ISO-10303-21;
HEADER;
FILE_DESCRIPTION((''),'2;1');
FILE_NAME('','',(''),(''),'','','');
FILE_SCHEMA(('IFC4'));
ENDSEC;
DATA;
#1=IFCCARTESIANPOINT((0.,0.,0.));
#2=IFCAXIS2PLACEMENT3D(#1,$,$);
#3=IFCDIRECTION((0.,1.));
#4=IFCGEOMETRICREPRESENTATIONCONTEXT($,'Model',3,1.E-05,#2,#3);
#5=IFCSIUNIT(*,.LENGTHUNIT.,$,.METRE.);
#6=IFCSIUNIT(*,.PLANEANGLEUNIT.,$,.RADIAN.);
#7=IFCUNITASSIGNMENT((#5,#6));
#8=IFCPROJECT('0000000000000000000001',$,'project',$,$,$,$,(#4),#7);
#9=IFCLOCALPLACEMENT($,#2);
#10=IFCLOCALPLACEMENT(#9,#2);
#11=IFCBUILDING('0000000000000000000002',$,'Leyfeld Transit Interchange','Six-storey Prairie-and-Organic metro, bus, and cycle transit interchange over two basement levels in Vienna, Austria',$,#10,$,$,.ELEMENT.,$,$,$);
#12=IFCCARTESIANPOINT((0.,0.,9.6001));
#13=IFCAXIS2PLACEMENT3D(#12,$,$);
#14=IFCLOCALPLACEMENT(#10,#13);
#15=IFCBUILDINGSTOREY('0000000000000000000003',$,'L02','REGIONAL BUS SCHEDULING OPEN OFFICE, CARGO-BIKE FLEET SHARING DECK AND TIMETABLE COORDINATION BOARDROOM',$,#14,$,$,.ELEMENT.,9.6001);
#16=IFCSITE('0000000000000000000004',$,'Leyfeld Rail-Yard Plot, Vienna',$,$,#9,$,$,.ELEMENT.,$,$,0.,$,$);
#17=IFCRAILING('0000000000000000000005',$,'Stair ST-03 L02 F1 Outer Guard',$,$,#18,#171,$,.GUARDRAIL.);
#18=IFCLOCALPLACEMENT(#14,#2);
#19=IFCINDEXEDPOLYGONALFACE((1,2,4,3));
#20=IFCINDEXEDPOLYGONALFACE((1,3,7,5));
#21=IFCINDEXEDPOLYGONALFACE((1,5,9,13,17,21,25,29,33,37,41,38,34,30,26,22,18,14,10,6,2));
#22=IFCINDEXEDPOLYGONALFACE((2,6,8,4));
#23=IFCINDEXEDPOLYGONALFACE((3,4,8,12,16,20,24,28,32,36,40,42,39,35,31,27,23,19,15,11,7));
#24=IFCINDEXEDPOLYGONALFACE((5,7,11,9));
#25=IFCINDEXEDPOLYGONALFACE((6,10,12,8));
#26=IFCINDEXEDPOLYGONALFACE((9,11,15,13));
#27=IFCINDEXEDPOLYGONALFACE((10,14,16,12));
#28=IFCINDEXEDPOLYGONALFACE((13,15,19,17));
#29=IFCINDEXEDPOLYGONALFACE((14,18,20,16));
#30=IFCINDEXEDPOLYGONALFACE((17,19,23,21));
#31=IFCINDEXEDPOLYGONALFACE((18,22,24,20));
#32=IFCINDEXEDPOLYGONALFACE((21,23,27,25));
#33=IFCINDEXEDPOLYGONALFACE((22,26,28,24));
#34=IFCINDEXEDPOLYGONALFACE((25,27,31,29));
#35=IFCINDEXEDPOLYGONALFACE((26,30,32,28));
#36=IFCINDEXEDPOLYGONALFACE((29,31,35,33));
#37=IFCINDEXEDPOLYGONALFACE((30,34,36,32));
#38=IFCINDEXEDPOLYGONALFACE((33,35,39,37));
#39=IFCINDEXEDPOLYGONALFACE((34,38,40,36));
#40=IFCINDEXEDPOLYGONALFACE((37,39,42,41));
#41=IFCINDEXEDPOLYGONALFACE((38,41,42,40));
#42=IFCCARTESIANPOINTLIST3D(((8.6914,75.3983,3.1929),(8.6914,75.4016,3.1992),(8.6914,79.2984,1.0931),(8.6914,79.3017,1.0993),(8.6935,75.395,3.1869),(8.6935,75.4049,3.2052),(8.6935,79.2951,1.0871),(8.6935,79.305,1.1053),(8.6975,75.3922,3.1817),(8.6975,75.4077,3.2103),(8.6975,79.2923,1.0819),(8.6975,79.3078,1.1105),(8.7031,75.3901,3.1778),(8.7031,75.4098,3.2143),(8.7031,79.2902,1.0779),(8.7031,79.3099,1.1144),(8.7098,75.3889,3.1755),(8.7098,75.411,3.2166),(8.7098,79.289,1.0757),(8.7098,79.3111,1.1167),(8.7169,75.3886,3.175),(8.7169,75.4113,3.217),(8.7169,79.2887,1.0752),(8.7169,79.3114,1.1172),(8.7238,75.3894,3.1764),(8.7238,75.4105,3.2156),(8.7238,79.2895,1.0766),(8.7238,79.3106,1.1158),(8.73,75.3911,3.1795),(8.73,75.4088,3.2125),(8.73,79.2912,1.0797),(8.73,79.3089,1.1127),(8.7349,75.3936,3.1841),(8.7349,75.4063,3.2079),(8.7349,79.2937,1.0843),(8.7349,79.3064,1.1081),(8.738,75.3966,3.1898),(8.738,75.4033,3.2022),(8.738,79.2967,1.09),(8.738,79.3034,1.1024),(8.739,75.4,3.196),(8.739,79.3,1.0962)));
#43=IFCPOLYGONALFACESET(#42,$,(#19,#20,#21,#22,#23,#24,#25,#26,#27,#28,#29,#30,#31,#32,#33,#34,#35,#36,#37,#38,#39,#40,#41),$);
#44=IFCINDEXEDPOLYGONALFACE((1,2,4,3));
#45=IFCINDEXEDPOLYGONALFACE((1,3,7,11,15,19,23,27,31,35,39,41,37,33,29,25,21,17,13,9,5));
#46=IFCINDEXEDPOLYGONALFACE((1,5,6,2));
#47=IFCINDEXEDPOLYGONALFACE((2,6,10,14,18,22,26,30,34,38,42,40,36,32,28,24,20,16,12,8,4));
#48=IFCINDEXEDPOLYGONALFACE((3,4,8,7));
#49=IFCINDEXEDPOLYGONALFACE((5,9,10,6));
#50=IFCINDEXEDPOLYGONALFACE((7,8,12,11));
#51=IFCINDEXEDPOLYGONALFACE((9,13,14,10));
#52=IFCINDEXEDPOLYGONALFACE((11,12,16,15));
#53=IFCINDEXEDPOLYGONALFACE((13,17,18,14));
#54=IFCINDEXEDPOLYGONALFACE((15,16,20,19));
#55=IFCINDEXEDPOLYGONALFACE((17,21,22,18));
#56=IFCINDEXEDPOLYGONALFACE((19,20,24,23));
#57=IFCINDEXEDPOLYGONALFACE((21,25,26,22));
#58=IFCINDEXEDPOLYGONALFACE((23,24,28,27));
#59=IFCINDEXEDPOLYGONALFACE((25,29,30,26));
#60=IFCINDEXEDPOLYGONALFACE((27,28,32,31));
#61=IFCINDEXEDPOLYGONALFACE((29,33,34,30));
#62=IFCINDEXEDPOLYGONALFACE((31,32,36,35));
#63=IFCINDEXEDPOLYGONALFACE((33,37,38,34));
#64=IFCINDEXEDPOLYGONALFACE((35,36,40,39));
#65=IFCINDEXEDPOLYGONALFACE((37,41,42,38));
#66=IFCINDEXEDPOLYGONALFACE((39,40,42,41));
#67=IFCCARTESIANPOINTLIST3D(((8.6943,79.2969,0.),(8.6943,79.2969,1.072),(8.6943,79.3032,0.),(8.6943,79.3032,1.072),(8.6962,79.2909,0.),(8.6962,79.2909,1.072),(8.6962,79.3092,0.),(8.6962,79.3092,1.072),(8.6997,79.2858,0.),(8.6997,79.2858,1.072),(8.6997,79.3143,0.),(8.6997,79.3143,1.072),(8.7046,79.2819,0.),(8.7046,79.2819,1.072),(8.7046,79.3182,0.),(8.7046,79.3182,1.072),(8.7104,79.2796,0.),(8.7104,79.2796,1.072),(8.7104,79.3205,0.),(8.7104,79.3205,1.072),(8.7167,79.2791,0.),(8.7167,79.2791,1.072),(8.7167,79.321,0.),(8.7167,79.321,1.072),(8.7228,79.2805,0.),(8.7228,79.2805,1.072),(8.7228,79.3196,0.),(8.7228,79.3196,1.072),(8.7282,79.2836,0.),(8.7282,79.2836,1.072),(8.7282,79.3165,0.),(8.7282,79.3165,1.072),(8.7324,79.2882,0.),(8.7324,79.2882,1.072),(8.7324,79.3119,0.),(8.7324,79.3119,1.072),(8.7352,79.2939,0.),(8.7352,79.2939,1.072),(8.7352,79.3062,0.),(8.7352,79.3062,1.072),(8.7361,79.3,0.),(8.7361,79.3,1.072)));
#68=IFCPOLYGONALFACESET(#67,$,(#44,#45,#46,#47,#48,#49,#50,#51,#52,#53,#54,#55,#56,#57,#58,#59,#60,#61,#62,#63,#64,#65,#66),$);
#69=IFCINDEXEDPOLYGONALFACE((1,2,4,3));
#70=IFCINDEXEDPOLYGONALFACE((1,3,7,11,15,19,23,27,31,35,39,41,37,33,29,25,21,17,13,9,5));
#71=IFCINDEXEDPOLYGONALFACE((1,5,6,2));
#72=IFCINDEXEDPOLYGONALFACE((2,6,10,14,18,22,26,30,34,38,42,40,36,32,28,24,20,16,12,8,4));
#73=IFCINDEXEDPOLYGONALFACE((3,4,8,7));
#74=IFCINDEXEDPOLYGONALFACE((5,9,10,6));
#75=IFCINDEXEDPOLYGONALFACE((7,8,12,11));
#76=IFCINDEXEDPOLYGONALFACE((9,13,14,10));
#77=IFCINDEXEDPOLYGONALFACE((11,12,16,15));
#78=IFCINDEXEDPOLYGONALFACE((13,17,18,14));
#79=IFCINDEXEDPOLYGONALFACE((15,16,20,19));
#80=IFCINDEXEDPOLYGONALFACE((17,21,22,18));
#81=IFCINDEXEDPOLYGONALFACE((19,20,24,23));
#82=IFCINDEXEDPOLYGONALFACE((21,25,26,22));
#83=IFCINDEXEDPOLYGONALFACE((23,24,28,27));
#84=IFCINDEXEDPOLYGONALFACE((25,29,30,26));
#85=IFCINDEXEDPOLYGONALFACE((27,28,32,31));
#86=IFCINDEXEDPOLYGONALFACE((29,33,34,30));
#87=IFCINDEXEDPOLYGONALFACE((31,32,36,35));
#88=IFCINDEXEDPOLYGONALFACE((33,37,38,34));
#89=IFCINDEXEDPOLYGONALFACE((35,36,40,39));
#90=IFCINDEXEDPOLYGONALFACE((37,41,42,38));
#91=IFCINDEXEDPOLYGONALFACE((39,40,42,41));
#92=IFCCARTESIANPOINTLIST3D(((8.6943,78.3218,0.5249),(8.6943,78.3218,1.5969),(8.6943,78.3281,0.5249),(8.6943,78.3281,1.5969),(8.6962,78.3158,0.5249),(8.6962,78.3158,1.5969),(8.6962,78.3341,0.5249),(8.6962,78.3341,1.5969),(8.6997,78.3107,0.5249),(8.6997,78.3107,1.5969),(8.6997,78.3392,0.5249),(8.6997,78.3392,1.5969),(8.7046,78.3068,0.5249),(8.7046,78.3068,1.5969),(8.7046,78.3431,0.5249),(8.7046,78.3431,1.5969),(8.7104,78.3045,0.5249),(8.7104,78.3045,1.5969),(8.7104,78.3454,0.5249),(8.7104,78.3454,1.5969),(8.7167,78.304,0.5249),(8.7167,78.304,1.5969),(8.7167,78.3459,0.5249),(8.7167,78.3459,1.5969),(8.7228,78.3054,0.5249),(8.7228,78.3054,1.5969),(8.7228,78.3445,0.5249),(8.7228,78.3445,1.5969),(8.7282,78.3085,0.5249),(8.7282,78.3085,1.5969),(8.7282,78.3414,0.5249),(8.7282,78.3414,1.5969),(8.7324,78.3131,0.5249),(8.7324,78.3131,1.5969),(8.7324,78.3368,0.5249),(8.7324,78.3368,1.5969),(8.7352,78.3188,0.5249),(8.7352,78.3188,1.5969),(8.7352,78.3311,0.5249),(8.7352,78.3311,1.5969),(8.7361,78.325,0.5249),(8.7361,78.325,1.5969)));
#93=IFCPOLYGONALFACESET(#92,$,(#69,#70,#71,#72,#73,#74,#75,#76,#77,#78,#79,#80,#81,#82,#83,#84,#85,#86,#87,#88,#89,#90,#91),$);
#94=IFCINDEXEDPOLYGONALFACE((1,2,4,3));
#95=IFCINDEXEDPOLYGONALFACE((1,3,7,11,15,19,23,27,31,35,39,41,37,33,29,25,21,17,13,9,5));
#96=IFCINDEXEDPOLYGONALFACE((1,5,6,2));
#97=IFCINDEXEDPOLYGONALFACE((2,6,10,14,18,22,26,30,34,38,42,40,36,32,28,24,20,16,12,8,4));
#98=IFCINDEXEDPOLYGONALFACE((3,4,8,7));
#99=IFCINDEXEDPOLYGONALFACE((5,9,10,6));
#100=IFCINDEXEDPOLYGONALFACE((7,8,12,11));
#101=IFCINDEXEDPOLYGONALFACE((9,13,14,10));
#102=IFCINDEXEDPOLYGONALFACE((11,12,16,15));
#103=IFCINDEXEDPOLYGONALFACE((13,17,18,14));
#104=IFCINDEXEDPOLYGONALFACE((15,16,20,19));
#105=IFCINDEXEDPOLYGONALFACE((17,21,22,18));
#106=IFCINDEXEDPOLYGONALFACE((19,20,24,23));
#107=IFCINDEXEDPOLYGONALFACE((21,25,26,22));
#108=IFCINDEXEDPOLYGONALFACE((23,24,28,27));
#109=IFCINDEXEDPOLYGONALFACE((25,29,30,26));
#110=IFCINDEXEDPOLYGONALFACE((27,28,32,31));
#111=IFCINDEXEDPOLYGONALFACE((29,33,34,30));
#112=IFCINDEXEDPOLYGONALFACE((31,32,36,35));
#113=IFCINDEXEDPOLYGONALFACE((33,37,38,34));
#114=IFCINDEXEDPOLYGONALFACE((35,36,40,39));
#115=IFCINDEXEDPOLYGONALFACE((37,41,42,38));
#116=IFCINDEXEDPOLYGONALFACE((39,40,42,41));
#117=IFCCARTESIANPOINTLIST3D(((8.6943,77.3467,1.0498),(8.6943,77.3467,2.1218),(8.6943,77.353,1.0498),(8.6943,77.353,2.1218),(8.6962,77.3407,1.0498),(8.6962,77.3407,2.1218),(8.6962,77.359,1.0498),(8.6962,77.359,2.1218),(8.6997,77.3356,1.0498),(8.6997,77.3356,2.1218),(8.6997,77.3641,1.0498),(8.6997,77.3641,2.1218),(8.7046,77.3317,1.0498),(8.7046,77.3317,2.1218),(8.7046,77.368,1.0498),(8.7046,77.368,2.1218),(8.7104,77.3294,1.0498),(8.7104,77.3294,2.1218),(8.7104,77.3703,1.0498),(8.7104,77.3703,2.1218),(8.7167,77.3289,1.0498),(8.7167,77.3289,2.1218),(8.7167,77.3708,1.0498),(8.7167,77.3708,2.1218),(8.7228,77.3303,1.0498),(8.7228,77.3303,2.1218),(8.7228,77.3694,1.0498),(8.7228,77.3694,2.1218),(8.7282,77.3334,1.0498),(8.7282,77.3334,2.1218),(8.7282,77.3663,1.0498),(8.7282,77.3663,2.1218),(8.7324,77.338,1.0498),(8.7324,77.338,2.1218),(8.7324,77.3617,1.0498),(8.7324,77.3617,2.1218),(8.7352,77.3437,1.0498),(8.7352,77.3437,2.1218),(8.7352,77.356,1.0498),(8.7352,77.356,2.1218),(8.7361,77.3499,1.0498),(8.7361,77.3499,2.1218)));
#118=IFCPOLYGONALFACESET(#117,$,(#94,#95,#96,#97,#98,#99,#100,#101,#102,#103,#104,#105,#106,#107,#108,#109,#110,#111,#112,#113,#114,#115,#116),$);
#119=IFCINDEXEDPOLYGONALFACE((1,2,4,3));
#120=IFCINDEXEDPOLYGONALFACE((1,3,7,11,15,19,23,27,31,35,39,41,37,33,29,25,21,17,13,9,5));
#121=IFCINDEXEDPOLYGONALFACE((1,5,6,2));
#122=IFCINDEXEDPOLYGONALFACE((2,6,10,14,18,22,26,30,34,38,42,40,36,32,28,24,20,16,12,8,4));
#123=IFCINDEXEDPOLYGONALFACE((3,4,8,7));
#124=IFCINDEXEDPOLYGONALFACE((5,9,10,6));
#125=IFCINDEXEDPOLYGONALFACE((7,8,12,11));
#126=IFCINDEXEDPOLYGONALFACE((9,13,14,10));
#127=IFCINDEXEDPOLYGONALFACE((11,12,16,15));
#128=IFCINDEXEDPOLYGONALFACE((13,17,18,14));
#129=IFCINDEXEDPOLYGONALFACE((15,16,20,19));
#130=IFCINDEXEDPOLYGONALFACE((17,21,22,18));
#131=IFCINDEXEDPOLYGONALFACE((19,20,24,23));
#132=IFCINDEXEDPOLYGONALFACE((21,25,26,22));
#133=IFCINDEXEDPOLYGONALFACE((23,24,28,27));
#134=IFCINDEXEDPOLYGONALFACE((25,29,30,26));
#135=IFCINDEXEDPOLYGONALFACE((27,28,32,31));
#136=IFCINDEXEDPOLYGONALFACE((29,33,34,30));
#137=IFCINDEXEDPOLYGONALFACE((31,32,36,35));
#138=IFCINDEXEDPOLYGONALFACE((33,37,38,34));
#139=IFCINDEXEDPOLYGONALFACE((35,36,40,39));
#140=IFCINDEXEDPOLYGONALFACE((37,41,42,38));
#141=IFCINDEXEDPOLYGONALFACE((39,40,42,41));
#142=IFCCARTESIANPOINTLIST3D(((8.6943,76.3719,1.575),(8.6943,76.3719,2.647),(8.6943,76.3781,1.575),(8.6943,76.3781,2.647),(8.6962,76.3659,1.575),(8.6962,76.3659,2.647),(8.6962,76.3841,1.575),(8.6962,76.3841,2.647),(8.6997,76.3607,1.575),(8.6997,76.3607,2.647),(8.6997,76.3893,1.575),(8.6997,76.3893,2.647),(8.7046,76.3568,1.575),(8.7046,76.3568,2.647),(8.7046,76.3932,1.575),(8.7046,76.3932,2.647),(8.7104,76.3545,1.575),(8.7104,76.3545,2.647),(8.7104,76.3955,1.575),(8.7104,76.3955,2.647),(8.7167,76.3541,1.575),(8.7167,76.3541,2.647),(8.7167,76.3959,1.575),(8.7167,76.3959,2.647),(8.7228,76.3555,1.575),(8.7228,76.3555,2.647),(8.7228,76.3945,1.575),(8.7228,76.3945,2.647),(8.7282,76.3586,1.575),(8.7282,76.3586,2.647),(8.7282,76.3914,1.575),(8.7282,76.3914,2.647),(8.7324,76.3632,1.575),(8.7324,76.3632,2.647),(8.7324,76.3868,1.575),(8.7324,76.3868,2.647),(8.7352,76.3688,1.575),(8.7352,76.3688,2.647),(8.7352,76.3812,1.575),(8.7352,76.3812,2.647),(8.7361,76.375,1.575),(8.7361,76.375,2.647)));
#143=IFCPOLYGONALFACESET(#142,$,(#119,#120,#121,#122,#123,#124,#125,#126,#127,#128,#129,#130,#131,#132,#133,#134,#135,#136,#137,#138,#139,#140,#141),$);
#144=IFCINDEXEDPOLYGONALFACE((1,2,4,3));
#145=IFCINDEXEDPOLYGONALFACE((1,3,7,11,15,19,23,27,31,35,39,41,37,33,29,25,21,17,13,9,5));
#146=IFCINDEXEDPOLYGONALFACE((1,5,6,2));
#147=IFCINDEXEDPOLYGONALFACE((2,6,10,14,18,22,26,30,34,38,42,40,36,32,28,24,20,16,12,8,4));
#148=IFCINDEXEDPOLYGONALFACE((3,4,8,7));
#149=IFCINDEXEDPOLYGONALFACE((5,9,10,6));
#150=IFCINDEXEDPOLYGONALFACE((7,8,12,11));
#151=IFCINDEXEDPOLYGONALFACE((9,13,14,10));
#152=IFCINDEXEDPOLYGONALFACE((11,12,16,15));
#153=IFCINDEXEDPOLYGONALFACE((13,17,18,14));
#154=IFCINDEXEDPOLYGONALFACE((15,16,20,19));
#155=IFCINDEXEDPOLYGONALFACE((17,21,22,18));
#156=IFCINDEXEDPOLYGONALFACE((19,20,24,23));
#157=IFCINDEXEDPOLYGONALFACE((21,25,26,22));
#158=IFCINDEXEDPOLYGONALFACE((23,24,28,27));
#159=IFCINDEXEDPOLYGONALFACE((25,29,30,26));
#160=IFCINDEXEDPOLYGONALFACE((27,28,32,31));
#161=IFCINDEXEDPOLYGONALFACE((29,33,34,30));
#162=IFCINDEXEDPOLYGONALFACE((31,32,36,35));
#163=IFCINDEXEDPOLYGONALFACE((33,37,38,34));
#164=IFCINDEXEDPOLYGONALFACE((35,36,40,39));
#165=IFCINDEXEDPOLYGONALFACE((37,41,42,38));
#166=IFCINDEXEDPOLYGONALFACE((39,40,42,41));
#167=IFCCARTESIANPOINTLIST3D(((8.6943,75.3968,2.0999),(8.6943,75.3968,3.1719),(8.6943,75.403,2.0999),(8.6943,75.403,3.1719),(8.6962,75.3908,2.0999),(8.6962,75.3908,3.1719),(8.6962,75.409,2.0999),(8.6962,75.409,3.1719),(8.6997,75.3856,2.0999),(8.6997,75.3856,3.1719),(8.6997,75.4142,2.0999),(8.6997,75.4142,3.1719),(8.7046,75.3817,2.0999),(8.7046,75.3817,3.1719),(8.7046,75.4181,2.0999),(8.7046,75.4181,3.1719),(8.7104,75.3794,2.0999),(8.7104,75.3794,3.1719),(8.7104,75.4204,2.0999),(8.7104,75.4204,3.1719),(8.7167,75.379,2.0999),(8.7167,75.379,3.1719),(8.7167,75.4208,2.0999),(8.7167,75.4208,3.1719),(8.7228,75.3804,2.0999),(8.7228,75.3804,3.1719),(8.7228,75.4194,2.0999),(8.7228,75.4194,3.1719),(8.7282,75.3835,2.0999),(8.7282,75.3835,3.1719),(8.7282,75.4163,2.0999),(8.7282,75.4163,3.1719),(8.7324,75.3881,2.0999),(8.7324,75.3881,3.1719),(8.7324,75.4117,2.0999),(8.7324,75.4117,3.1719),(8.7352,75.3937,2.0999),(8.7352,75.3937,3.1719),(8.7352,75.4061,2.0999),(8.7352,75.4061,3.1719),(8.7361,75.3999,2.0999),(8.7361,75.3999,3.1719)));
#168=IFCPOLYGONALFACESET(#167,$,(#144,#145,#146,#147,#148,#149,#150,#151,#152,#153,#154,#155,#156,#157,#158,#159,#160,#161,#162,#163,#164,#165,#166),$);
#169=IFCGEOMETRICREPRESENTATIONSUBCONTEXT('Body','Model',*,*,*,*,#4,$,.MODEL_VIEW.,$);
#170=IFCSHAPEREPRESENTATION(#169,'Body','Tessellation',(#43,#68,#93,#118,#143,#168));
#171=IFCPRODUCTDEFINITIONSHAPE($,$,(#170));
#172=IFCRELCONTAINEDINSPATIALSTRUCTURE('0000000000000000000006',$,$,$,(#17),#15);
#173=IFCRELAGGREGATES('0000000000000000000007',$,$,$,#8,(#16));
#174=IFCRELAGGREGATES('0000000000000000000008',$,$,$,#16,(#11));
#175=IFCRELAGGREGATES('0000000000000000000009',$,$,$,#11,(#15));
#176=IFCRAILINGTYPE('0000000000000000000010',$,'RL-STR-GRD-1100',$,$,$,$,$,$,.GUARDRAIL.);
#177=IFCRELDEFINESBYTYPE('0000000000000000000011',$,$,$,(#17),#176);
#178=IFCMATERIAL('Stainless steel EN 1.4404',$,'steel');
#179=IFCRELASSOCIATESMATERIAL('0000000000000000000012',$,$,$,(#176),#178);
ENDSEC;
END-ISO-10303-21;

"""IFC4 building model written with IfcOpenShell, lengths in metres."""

from ifc_helpers import new_model, si_unit, direction, frame, origin, origin_2d, place, context, subcontext, project, spatial, circle, extrude, material, type_object, element, save


model = new_model("IFC4")

# Units and contexts
model_context = context("Model", 3, precision=1e-05, world=origin(), true_north=direction((0.0, 1.0)))
body_context = subcontext(model_context, "Body", "Model", "MODEL_VIEW")
ifc_project = project(units=[si_unit("LENGTHUNIT", "METRE"), si_unit("PLANEANGLEUNIT", "RADIAN")], contexts=[model_context])

# Site, building, storey
site_placement = place(None, origin())
site = spatial("IfcSite", under=ifc_project, at=site_placement, Name="Leyfeld Rail-Yard Plot, Vienna", CompositionType="ELEMENT", RefElevation=0.0)
building_placement = place(site_placement, origin())
building = spatial("IfcBuilding", under=site, at=building_placement, Name="Leyfeld Transit Interchange", Description="Six-storey Prairie-and-Organic metro, bus, and cycle transit interchange over two basement levels in Vienna, Austria", CompositionType="ELEMENT")
storey_placement = place(building_placement, frame((0.0, 0.0, 9.6001)))
storey = spatial("IfcBuildingStorey", under=building, at=storey_placement, Name="L02", Description="REGIONAL BUS SCHEDULING OPEN OFFICE, CARGO-BIKE FLEET SHARING DECK AND TIMETABLE COORDINATION BOARDROOM", CompositionType="ELEMENT", Elevation=9.6001)

# Railing
ifc_material_1 = material(Name="Stainless steel EN 1.4404", Category="steel")
railing_type_1 = type_object("IfcRailingType", Name="RL-STR-GRD-1100", PredefinedType="GUARDRAIL", material=ifc_material_1)
railing_1_placement = place(storey_placement, frame((8.7151, 79.3, 0.0)))
element("IfcRailing", 1, at=railing_1_placement, inside=storey, type_object=railing_type_1, Name="Stair ST-03 L02 F1 Outer Guard", PredefinedType="GUARDRAIL", context=body_context, shape_type="SweptSolid", body=[
    extrude(circle(Radius=0.0239, at=origin_2d()), frame((0.0, 0.0, 1.0962), z_axis=(0.0, -0.880492, 0.47406), x_axis=(1.0, 0.0, 0.0)), (0.0, 0.0, 1.0), 4.4294),
    extrude(circle(Radius=0.021, at=origin_2d()), origin(), (0.0, 0.0, 1.0), 1.072),
    extrude(circle(Radius=0.021, at=origin_2d()), frame((0.0, -0.9751, 0.5249)), (0.0, 0.0, 1.0), 1.072),
    extrude(circle(Radius=0.021, at=origin_2d()), frame((0.0, -1.9502, 1.0498)), (0.0, 0.0, 1.0), 1.072),
    extrude(circle(Radius=0.021, at=origin_2d()), frame((0.0, -2.925, 1.575)), (0.0, 0.0, 1.0), 1.072),
    extrude(circle(Radius=0.021, at=origin_2d()), frame((0.0, -3.9001, 2.0999)), (0.0, 0.0, 1.0), 1.072),
])

save(model, "model.ifc")
